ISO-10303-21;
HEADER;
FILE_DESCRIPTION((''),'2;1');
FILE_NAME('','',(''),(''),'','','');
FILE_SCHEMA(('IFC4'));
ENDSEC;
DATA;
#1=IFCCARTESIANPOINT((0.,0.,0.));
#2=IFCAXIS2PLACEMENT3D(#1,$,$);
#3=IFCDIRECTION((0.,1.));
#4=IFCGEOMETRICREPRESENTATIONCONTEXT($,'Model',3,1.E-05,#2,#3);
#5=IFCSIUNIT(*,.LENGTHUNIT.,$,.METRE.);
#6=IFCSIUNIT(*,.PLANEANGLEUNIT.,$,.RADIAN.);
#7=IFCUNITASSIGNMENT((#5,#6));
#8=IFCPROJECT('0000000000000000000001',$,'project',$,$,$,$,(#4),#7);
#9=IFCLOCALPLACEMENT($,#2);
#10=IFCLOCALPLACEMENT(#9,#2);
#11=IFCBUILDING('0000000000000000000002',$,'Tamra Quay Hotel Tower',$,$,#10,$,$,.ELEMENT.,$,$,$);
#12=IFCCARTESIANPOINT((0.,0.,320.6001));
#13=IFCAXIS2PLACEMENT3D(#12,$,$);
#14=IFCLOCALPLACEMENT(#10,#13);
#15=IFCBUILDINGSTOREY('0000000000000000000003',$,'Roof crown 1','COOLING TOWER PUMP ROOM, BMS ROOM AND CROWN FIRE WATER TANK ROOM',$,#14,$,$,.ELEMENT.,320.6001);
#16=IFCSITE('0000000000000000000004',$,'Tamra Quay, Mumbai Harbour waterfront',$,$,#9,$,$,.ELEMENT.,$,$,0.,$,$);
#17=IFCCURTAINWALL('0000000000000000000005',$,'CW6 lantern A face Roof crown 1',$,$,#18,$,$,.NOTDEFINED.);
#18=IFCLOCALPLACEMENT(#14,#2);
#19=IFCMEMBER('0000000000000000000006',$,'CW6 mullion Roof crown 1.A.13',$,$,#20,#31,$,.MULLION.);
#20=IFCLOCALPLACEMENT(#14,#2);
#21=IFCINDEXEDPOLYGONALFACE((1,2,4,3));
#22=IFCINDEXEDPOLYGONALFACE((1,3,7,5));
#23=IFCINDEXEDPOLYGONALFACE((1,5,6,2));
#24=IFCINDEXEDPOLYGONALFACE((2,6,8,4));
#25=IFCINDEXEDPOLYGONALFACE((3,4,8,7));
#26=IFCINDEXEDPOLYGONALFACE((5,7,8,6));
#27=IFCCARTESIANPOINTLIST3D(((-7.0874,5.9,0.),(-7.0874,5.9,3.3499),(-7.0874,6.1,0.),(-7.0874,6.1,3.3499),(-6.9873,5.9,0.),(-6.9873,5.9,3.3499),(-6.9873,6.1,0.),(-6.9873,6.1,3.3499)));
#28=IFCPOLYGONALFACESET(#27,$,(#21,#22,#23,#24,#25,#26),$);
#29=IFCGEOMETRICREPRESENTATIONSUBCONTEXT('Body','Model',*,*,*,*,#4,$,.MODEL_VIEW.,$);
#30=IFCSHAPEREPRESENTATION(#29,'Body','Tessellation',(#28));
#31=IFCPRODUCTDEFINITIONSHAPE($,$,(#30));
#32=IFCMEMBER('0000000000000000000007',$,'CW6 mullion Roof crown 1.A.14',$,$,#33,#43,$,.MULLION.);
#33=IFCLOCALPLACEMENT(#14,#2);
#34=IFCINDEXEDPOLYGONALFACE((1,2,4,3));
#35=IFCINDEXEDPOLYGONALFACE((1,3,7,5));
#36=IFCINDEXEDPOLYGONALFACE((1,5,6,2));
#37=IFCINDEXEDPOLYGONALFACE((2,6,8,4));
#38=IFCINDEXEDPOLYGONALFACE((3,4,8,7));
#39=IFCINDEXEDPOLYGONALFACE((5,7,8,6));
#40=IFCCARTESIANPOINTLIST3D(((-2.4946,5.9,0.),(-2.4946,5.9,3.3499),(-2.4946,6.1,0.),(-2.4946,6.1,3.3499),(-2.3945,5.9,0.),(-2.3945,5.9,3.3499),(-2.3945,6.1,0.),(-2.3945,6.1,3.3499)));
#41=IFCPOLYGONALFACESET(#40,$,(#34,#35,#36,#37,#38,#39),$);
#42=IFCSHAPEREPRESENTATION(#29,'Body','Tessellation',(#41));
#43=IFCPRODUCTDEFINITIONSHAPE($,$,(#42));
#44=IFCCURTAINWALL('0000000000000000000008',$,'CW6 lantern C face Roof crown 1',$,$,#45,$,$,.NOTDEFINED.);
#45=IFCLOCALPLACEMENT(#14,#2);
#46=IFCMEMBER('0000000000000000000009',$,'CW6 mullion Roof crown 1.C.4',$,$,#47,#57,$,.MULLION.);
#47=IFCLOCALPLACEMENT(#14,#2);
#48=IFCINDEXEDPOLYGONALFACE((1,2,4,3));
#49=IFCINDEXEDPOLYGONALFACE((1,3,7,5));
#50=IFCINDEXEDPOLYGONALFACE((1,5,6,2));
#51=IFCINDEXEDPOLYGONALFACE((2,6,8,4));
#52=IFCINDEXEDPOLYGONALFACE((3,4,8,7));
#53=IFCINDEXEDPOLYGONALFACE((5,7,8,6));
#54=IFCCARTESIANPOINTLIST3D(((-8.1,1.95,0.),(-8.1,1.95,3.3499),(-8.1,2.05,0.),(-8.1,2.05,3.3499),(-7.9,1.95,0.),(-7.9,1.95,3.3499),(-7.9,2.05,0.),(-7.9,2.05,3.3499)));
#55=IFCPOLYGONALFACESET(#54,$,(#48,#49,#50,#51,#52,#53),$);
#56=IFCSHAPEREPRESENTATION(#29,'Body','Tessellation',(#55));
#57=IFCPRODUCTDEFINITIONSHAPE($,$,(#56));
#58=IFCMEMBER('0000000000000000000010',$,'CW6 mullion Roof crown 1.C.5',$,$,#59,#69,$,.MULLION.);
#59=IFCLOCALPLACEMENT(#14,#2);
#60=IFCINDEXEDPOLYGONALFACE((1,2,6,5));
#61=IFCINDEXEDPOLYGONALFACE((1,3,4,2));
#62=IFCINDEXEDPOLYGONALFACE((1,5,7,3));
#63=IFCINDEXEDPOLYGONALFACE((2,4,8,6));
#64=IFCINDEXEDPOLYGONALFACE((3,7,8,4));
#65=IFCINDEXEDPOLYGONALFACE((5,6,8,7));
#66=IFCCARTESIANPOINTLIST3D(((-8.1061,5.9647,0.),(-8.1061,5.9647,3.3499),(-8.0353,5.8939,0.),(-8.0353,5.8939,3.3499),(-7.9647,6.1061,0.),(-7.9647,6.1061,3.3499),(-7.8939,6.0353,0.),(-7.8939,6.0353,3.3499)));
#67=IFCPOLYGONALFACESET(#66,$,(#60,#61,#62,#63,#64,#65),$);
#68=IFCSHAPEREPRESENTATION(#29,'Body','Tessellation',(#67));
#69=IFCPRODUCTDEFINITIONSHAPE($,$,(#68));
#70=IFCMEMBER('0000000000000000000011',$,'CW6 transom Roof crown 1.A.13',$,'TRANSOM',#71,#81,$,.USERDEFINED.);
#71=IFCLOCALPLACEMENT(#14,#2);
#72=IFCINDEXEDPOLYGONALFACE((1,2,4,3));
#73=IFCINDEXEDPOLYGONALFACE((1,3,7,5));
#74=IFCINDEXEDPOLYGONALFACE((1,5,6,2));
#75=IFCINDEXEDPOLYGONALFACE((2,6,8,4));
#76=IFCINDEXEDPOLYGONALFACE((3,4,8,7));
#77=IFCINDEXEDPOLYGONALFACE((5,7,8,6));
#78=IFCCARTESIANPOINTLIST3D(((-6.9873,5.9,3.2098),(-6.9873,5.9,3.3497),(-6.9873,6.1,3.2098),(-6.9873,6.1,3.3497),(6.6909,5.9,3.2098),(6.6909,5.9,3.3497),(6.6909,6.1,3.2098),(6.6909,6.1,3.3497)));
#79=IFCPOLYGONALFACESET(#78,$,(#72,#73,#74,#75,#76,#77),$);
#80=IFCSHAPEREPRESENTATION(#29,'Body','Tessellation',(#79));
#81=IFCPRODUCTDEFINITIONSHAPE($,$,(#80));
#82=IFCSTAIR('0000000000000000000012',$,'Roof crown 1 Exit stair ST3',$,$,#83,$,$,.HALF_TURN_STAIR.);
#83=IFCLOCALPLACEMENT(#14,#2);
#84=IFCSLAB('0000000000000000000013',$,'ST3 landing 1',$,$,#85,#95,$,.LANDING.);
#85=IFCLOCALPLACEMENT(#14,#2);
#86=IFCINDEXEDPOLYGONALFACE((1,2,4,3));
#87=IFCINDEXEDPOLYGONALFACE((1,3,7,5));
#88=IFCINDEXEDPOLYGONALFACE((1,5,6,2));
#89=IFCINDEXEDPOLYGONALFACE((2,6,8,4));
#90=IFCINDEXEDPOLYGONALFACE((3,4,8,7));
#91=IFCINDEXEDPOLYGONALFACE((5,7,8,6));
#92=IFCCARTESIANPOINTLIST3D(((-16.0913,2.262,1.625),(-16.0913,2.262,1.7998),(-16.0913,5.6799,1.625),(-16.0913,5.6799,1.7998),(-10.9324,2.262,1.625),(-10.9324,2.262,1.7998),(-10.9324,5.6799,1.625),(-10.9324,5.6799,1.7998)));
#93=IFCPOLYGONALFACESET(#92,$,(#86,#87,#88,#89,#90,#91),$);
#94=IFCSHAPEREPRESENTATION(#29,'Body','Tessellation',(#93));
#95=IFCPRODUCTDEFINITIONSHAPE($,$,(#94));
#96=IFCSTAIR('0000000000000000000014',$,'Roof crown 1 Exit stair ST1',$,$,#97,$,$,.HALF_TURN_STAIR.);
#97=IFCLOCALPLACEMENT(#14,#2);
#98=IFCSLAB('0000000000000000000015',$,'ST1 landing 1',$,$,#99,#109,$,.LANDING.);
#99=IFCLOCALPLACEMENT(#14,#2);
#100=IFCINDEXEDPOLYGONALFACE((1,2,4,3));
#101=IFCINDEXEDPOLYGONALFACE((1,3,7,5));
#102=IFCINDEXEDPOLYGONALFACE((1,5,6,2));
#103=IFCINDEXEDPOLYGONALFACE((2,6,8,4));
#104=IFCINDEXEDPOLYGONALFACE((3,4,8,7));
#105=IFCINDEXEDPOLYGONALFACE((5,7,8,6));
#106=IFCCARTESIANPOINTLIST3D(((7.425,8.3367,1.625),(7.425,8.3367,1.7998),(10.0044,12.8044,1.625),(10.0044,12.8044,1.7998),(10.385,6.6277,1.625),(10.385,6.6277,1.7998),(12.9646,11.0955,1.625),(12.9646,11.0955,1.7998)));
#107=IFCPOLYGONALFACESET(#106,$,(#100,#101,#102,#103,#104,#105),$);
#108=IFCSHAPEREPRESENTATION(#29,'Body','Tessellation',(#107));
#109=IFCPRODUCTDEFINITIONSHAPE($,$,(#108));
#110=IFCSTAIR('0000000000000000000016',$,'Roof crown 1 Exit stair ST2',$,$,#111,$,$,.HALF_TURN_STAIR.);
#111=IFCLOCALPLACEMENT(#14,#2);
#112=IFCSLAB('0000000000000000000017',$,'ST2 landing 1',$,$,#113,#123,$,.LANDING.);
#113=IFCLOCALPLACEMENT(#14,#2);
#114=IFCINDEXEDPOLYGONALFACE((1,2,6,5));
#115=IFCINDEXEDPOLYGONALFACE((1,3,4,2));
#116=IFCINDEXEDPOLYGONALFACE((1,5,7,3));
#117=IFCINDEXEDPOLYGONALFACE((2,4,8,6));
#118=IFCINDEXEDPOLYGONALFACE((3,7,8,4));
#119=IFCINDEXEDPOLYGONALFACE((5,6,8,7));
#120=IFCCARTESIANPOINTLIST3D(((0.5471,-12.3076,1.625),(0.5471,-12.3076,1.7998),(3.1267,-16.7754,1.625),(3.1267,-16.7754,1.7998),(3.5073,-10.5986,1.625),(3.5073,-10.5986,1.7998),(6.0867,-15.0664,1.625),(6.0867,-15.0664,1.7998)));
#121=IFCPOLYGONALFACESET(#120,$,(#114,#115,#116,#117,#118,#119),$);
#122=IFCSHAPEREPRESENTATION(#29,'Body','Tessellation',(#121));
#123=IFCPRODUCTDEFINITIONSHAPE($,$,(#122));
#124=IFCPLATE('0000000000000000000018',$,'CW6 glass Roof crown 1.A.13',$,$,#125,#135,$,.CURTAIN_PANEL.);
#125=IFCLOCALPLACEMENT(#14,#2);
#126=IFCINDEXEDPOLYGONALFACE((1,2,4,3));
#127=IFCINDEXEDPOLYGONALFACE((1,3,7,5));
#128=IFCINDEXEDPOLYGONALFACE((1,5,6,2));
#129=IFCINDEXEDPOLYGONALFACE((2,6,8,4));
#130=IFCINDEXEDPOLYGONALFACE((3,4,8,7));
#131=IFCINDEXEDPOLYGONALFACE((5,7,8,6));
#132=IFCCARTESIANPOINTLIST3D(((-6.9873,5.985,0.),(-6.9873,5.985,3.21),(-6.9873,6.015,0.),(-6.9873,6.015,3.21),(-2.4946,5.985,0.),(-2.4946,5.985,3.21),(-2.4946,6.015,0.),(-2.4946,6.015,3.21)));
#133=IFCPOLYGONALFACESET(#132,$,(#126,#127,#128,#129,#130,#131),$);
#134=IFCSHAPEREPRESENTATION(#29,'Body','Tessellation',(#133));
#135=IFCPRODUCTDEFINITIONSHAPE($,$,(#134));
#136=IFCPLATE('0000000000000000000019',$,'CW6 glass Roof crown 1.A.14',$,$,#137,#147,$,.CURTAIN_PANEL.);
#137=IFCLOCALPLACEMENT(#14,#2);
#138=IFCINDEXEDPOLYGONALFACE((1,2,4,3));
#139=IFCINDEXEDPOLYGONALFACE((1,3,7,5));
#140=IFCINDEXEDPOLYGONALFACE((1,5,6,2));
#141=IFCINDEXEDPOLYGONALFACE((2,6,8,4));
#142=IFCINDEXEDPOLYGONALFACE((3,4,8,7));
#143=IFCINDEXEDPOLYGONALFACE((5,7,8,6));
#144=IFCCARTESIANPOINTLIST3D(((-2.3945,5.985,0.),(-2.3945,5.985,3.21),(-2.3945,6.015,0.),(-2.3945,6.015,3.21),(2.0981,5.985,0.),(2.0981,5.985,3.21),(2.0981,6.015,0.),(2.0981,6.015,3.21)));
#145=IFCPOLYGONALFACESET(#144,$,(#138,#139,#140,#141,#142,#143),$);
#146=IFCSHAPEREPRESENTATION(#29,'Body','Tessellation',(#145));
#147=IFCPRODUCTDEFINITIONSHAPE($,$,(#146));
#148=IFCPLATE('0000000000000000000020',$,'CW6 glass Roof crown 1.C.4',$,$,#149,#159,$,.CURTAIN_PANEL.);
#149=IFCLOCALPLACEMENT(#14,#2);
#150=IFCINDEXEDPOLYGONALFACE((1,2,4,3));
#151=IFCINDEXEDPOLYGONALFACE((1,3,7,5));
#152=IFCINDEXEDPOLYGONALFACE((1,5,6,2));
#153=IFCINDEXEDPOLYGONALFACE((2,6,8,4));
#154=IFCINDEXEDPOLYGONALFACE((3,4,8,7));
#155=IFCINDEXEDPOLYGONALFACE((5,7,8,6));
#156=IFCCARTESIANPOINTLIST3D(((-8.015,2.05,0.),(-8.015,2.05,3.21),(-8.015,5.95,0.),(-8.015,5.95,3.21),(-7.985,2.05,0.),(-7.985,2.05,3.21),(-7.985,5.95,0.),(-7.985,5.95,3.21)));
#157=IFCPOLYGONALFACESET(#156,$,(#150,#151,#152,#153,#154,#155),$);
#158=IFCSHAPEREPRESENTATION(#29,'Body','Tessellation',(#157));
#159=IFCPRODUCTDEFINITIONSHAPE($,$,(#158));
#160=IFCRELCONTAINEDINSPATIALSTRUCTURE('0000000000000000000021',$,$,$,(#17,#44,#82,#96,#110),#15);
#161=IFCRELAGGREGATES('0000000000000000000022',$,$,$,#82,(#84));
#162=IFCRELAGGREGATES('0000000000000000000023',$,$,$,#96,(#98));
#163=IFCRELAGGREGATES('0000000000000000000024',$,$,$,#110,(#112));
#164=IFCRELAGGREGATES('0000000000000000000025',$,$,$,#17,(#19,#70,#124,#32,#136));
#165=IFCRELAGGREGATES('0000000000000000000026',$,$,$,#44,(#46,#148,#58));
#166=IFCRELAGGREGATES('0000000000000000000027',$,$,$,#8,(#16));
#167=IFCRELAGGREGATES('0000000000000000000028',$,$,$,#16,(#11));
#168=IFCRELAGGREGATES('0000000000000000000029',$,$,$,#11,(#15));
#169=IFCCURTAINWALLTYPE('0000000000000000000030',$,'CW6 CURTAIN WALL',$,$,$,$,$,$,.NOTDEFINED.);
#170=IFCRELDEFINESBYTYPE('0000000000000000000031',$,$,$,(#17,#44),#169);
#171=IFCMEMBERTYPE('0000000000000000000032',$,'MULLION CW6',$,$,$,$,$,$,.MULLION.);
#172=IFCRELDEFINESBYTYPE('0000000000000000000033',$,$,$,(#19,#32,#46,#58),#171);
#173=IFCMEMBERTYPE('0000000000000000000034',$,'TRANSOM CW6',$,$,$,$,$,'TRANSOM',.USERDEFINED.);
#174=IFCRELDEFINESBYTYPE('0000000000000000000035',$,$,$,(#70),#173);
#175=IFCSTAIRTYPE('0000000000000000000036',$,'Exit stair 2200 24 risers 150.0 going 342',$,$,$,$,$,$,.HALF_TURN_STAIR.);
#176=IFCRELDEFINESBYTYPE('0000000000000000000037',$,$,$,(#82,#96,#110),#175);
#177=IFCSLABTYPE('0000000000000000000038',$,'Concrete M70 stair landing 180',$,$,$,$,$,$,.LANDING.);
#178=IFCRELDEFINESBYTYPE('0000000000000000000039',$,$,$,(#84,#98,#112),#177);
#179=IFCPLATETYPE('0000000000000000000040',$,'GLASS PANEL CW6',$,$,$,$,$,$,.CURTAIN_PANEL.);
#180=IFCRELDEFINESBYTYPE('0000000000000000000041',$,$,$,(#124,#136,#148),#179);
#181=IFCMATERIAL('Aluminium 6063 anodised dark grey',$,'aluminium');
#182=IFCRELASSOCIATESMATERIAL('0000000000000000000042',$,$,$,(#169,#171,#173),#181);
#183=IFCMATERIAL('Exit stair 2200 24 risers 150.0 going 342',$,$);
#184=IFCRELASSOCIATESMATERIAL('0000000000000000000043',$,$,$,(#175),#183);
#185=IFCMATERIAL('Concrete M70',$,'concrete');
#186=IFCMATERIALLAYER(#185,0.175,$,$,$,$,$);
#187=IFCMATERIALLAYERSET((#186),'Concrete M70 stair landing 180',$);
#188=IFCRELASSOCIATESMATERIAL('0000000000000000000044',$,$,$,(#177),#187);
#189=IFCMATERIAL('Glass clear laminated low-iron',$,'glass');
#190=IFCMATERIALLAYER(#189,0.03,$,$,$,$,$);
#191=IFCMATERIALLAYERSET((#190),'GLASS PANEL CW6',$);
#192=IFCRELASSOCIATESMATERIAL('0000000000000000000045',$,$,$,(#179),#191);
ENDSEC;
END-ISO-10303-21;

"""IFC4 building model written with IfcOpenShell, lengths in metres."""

from ifc_helpers import new_model, si_unit, direction, frame, origin, origin_2d, place, context, subcontext, project, spatial, polyline, rectangle, outline, extrude, material, layer, layer_set, material_profile, profile_set, type_object, element, aggregate, save


model = new_model("IFC4")

# Units and contexts
model_context = context("Model", 3, precision=1e-05, world=origin(), true_north=direction((0.0, 1.0)))
body_context = subcontext(model_context, "Body", "Model", "MODEL_VIEW")
ifc_project = project(units=[si_unit("LENGTHUNIT", "METRE"), si_unit("PLANEANGLEUNIT", "RADIAN")], contexts=[model_context])

# Site, building, storey
site_placement = place(None, origin())
site = spatial("IfcSite", under=ifc_project, at=site_placement, Name="Tamra Quay, Mumbai Harbour waterfront", CompositionType="ELEMENT", RefElevation=0.0)
building_placement = place(site_placement, origin())
building = spatial("IfcBuilding", under=site, at=building_placement, Name="Tamra Quay Hotel Tower", CompositionType="ELEMENT")
storey_placement = place(building_placement, frame((0.0, 0.0, 320.6001)))
storey = spatial("IfcBuildingStorey", under=building, at=storey_placement, Name="Roof crown 1", Description="COOLING TOWER PUMP ROOM, BMS ROOM AND CROWN FIRE WATER TANK ROOM", CompositionType="ELEMENT", Elevation=320.6001)

# Curtain walls, members
ifc_material_1 = material(Name="Aluminium 6063 anodised dark grey", Category="aluminium")
curtain_wall_type = type_object("IfcCurtainWallType", Name="CW6 CURTAIN WALL", PredefinedType="NOTDEFINED", material=ifc_material_1)
curtain_wall_1_placement = place(storey_placement, origin())
curtain_wall_1 = element("IfcCurtainWall", 1, at=curtain_wall_1_placement, inside=storey, type_object=curtain_wall_type, Name="CW6 lantern A face Roof crown 1", PredefinedType="NOTDEFINED")
ifc_material_profile_1 = material_profile(ifc_material_1, rectangle(XDim=0.2, YDim=0.1001, at=origin_2d()), Name="MULLION 100X200")
ifc_profile_set_1 = profile_set([ifc_material_profile_1], Name="Aluminium 6063 anodised dark grey")
member_type_1 = type_object("IfcMemberType", Name="MULLION CW6", PredefinedType="MULLION", material=ifc_profile_set_1)
member_1_placement = place(storey_placement, frame((-7.0374, 6.0, 0.0), z_axis=(0.0, 0.0, 1.0), x_axis=(0.0, -1.0, 0.0)))
member_1 = element("IfcMember", 2, at=member_1_placement, type_object=member_type_1, Name="CW6 mullion Roof crown 1.A.13", PredefinedType="MULLION", context=body_context, shape_type="SweptSolid", body=[
    extrude(rectangle(XDim=0.2, YDim=0.1001, at=origin_2d()), origin(), (0.0, 0.0, 1.0), 3.3499),
])
member_2_placement = place(storey_placement, frame((-2.4446, 6.0, 0.0), z_axis=(0.0, 0.0, 1.0), x_axis=(0.0, -1.0, 0.0)))
member_2 = element("IfcMember", 3, at=member_2_placement, type_object=member_type_1, Name="CW6 mullion Roof crown 1.A.14", PredefinedType="MULLION", context=body_context, shape_type="SweptSolid", body=[
    extrude(rectangle(XDim=0.2, YDim=0.1001, at=origin_2d()), origin(), (0.0, 0.0, 1.0), 3.3499),
])
curtain_wall_2_placement = place(storey_placement, origin())
curtain_wall_2 = element("IfcCurtainWall", 4, at=curtain_wall_2_placement, inside=storey, type_object=curtain_wall_type, Name="CW6 lantern C face Roof crown 1", PredefinedType="NOTDEFINED")
member_3_placement = place(storey_placement, frame((-8.0, 2.0, 0.0), z_axis=(0.0, 0.0, 1.0), x_axis=(1.0, 0.0, 0.0)))
member_3 = element("IfcMember", 5, at=member_3_placement, type_object=member_type_1, Name="CW6 mullion Roof crown 1.C.4", PredefinedType="MULLION", context=body_context, shape_type="SweptSolid", body=[
    extrude(rectangle(XDim=0.2, YDim=0.1001, at=origin_2d()), origin(), (0.0, 0.0, 1.0), 3.3499),
])
member_4_placement = place(storey_placement, frame((-8.0, 6.0, 0.0), z_axis=(0.0, 0.0, 1.0), x_axis=(0.707107, 0.707107, 0.0)))
member_4 = element("IfcMember", 6, at=member_4_placement, type_object=member_type_1, Name="CW6 mullion Roof crown 1.C.5", PredefinedType="MULLION", context=body_context, shape_type="SweptSolid", body=[
    extrude(rectangle(XDim=0.2, YDim=0.1001, at=origin_2d()), origin(), (0.0, 0.0, 1.0), 3.3499),
])

# Member
ifc_material_profile_2 = material_profile(ifc_material_1, rectangle(XDim=0.2, YDim=0.1399, at=origin_2d()), Name="TRANSOM 200X140")
ifc_profile_set_2 = profile_set([ifc_material_profile_2], Name="Aluminium 6063 anodised dark grey")
member_type_2 = type_object("IfcMemberType", Name="TRANSOM CW6", ElementType="TRANSOM", PredefinedType="USERDEFINED", material=ifc_profile_set_2)
member_5_placement = place(storey_placement, frame((-6.9873, 6.0, 3.2798), z_axis=(1.0, 0.0, 0.0), x_axis=(0.0, 1.0, 0.0)))
member_5 = element("IfcMember", 7, at=member_5_placement, type_object=member_type_2, Name="CW6 transom Roof crown 1.A.13", ObjectType="TRANSOM", PredefinedType="USERDEFINED", context=body_context, shape_type="SweptSolid", body=[
    extrude(rectangle(XDim=0.2, YDim=0.1399, at=origin_2d()), origin(), (0.0, 0.0, 1.0), 13.6782),
])

# Stairs, slabs
ifc_material_2 = material(Name="Exit stair 2200 24 risers 150.0 going 342")
stair_type = type_object("IfcStairType", Name="Exit stair 2200 24 risers 150.0 going 342", PredefinedType="HALF_TURN_STAIR", material=ifc_material_2)
stair_1_placement = place(storey_placement, origin())
stair_1 = element("IfcStair", 8, at=stair_1_placement, inside=storey, type_object=stair_type, Name="Roof crown 1 Exit stair ST3", PredefinedType="HALF_TURN_STAIR")
ifc_material_3 = material(Name="Concrete M70", Category="concrete")
ifc_layer_1 = layer(ifc_material_3, 0.175)
ifc_layer_set_1 = layer_set([ifc_layer_1], Name="Concrete M70 stair landing 180")
slab_type = type_object("IfcSlabType", Name="Concrete M70 stair landing 180", PredefinedType="LANDING", material=ifc_layer_set_1)
slab_1_placement = place(storey_placement, frame((0.0, 0.0, 1.625)))
slab_1 = element("IfcSlab", 9, at=slab_1_placement, type_object=slab_type, Name="ST3 landing 1", PredefinedType="LANDING", context=body_context, shape_type="SweptSolid", body=[
    extrude(outline(polyline([(-10.9324, 2.262), (-10.9324, 5.6799), (-16.0913, 5.6799), (-16.0913, 2.262), (-10.9324, 2.262)])), origin(), (0.0, 0.0, 1.0), 0.1748),
])
aggregate(stair_1, [slab_1])
stair_2_placement = place(storey_placement, origin())
stair_2 = element("IfcStair", 10, at=stair_2_placement, inside=storey, type_object=stair_type, Name="Roof crown 1 Exit stair ST1", PredefinedType="HALF_TURN_STAIR")
slab_2_placement = place(storey_placement, frame((0.0, 0.0, 1.625)))
slab_2 = element("IfcSlab", 11, at=slab_2_placement, type_object=slab_type, Name="ST1 landing 1", PredefinedType="LANDING", context=body_context, shape_type="SweptSolid", body=[
    extrude(outline(polyline([(7.425, 8.3367), (10.385, 6.6277), (12.9646, 11.0955), (10.0044, 12.8044), (7.425, 8.3367)])), origin(), (0.0, 0.0, 1.0), 0.1748),
])
aggregate(stair_2, [slab_2])
stair_3_placement = place(storey_placement, origin())
stair_3 = element("IfcStair", 12, at=stair_3_placement, inside=storey, type_object=stair_type, Name="Roof crown 1 Exit stair ST2", PredefinedType="HALF_TURN_STAIR")
slab_3_placement = place(storey_placement, frame((0.0, 0.0, 1.625)))
slab_3 = element("IfcSlab", 13, at=slab_3_placement, type_object=slab_type, Name="ST2 landing 1", PredefinedType="LANDING", context=body_context, shape_type="SweptSolid", body=[
    extrude(outline(polyline([(3.5073, -10.5986), (0.5471, -12.3076), (3.1267, -16.7754), (6.0867, -15.0664), (3.5073, -10.5986)])), origin(), (0.0, 0.0, 1.0), 0.1748),
])
aggregate(stair_3, [slab_3])

# Plates
ifc_material_4 = material(Name="Glass clear laminated low-iron", Category="glass")
ifc_layer_2 = layer(ifc_material_4, 0.03)
ifc_layer_set_2 = layer_set([ifc_layer_2], Name="GLASS PANEL CW6")
plate_type = type_object("IfcPlateType", Name="GLASS PANEL CW6", PredefinedType="CURTAIN_PANEL", material=ifc_layer_set_2)
plate_1_placement = place(storey_placement, frame((-4.741, 6.0, 0.0), z_axis=(0.0, 0.0, 1.0), x_axis=(1.0, 0.0, 0.0)))
plate_1 = element("IfcPlate", 14, at=plate_1_placement, type_object=plate_type, Name="CW6 glass Roof crown 1.A.13", PredefinedType="CURTAIN_PANEL", context=body_context, shape_type="SweptSolid", body=[
    extrude(rectangle(XDim=4.4927, YDim=0.03, at=origin_2d()), origin(), (0.0, 0.0, 1.0), 3.21),
])
plate_2_placement = place(storey_placement, frame((-0.1482, 6.0, 0.0), z_axis=(0.0, 0.0, 1.0), x_axis=(1.0, 0.0, 0.0)))
plate_2 = element("IfcPlate", 15, at=plate_2_placement, type_object=plate_type, Name="CW6 glass Roof crown 1.A.14", PredefinedType="CURTAIN_PANEL", context=body_context, shape_type="SweptSolid", body=[
    extrude(rectangle(XDim=4.4927, YDim=0.03, at=origin_2d()), origin(), (0.0, 0.0, 1.0), 3.21),
])
aggregate(curtain_wall_1, [member_1, member_5, plate_1, member_2, plate_2])
plate_3_placement = place(storey_placement, frame((-8.0, 4.0, 0.0), z_axis=(0.0, 0.0, 1.0), x_axis=(0.0, 1.0, 0.0)))
plate_3 = element("IfcPlate", 16, at=plate_3_placement, type_object=plate_type, Name="CW6 glass Roof crown 1.C.4", PredefinedType="CURTAIN_PANEL", context=body_context, shape_type="SweptSolid", body=[
    extrude(rectangle(XDim=3.8999, YDim=0.03, at=origin_2d()), origin(), (0.0, 0.0, 1.0), 3.21),
])
aggregate(curtain_wall_2, [member_3, plate_3, member_4])

save(model, "model.ifc")
